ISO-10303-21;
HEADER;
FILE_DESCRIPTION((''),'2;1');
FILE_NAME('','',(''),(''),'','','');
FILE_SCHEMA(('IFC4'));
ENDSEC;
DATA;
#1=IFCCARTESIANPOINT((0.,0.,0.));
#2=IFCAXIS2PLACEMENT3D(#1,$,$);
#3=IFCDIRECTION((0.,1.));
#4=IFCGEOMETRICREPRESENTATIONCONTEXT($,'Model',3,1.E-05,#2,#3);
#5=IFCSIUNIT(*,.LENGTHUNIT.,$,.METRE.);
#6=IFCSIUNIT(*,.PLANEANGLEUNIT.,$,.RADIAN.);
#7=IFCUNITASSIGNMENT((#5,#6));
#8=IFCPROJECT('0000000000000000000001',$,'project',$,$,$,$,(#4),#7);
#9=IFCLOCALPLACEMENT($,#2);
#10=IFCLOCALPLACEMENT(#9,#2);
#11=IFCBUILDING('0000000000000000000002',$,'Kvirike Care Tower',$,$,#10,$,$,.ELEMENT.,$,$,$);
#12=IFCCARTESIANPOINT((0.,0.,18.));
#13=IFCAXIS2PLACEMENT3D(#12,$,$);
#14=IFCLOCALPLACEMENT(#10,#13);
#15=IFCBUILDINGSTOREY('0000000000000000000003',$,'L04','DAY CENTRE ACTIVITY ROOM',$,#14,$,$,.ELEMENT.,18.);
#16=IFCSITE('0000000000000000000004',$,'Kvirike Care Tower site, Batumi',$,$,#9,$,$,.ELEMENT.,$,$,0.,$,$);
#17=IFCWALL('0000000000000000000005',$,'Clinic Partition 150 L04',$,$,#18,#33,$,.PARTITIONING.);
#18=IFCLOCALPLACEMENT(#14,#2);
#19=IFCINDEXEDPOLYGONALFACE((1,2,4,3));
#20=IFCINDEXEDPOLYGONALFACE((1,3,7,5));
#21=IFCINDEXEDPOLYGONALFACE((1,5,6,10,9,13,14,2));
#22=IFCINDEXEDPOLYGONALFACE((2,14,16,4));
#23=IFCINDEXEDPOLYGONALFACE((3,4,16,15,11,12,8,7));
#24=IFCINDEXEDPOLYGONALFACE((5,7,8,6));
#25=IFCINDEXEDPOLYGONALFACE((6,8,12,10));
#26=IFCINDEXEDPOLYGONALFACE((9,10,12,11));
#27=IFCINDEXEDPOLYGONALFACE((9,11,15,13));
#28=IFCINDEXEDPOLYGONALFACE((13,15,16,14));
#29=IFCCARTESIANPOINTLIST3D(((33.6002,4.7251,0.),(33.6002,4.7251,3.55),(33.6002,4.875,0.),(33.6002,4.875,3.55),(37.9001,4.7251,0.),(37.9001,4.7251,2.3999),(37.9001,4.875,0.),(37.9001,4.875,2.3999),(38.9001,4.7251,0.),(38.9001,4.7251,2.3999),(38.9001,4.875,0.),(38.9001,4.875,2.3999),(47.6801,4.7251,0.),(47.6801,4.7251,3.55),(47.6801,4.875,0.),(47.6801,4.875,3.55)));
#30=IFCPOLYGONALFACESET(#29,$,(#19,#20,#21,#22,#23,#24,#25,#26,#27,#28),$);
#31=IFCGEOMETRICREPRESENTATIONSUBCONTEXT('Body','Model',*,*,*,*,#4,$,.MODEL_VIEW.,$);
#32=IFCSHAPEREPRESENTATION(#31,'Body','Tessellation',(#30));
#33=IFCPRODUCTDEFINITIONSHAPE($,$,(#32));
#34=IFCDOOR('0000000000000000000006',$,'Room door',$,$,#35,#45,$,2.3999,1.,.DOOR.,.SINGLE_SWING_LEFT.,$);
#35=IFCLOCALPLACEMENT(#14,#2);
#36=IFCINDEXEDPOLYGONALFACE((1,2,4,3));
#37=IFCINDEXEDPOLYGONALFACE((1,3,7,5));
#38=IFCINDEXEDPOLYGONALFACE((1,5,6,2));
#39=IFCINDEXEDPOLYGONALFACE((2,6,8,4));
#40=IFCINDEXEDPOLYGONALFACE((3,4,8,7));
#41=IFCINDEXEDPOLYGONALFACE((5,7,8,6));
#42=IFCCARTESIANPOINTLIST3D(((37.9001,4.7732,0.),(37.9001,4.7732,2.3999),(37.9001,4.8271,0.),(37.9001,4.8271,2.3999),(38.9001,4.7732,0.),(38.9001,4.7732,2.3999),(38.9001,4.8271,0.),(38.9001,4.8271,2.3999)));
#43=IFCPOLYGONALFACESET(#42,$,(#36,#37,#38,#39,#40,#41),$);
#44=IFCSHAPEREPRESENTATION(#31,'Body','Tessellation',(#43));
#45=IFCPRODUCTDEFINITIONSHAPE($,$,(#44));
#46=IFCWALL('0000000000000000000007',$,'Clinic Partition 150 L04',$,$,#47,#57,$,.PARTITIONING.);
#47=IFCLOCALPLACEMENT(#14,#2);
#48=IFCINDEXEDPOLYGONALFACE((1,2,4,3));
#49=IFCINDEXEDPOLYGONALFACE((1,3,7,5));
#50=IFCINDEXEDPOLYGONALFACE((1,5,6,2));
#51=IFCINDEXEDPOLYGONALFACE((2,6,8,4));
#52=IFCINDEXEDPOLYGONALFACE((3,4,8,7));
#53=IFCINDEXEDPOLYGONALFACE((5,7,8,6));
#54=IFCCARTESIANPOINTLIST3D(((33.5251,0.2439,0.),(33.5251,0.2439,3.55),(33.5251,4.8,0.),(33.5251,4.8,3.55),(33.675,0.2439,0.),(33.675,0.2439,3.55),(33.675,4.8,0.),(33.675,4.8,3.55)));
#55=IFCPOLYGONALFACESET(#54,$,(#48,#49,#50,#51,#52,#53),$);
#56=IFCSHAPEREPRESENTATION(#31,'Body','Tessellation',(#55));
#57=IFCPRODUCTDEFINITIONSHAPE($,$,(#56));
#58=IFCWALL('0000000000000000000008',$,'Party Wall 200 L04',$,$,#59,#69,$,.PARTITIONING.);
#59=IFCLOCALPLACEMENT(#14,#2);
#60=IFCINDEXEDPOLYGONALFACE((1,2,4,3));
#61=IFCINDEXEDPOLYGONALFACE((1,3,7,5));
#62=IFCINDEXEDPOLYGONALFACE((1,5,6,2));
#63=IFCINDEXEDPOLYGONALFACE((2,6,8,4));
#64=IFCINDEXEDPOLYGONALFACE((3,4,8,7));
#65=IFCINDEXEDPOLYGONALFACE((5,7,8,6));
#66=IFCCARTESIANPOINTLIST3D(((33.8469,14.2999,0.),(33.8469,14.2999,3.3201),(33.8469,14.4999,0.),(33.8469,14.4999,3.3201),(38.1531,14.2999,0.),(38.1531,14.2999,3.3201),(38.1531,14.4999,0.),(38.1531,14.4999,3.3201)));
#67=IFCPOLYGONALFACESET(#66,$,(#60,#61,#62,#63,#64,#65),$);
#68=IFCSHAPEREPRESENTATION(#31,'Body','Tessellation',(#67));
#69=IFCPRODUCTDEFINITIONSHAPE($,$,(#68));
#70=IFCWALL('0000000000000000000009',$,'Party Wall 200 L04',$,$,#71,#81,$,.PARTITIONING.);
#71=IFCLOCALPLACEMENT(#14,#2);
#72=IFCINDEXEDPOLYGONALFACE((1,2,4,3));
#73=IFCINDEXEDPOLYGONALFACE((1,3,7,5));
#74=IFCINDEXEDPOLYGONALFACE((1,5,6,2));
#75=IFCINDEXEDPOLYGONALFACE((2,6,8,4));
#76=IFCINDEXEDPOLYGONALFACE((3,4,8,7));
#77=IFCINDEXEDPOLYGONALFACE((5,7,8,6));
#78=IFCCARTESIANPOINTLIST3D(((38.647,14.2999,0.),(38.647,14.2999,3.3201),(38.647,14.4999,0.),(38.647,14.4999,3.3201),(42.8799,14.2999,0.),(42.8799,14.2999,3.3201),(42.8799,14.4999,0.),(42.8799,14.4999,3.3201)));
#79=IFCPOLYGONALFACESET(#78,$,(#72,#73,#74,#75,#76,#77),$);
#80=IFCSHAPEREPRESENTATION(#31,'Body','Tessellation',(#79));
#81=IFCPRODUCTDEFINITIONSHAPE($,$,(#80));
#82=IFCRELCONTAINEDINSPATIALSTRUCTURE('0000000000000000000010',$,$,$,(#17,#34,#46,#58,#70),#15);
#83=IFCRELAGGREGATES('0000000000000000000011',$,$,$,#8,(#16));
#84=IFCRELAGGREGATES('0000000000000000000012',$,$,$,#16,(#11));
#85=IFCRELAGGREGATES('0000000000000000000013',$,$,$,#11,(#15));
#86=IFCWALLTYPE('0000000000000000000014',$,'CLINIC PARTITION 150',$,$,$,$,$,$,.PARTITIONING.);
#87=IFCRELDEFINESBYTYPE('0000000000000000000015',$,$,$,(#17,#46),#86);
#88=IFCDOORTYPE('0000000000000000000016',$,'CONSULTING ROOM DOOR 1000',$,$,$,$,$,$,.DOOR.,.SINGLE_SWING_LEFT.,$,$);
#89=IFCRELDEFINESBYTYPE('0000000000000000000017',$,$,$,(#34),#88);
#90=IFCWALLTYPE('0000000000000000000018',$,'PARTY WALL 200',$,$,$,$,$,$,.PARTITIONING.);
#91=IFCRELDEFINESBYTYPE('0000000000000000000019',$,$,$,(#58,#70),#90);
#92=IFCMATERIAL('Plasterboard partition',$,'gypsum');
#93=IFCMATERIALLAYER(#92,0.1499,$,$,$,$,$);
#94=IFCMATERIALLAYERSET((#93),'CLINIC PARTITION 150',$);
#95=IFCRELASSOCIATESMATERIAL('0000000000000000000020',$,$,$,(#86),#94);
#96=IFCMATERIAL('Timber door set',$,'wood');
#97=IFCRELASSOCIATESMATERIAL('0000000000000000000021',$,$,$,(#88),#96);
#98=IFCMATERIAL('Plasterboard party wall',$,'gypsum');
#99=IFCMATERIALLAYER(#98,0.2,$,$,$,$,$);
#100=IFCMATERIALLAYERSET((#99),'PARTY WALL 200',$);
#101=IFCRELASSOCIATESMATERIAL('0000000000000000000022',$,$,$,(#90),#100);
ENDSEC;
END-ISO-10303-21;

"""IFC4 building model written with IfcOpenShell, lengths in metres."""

from ifc_helpers import new_model, si_unit, direction, frame, frame_2d, origin, place, context, subcontext, project, spatial, rectangle, extrude, material, layer, layer_set, type_object, element, fill, save


model = new_model("IFC4")

# Units and contexts
model_context = context("Model", 3, precision=1e-05, world=origin(), true_north=direction((0.0, 1.0)))
body_context = subcontext(model_context, "Body", "Model", "MODEL_VIEW")
ifc_project = project(units=[si_unit("LENGTHUNIT", "METRE"), si_unit("PLANEANGLEUNIT", "RADIAN")], contexts=[model_context])

# Site, building, storey
site_placement = place(None, origin())
site = spatial("IfcSite", under=ifc_project, at=site_placement, Name="Kvirike Care Tower site, Batumi", CompositionType="ELEMENT", RefElevation=0.0)
building_placement = place(site_placement, origin())
building = spatial("IfcBuilding", under=site, at=building_placement, Name="Kvirike Care Tower", CompositionType="ELEMENT")
storey_placement = place(building_placement, frame((0.0, 0.0, 18.0)))
storey = spatial("IfcBuildingStorey", under=building, at=storey_placement, Name="L04", Description="DAY CENTRE ACTIVITY ROOM", CompositionType="ELEMENT", Elevation=18.0)

# Shared definitions
ifc_material_1 = material(Name="Plasterboard partition", Category="gypsum")
ifc_layer_1 = layer(ifc_material_1, 0.1499)
ifc_layer_set_1 = layer_set([ifc_layer_1], Name="CLINIC PARTITION 150")
wall_type_1 = type_object("IfcWallType", Name="CLINIC PARTITION 150", PredefinedType="PARTITIONING", material=ifc_layer_set_1)

# Wall, opening, door
wall_1_placement = place(storey_placement, frame((33.6001, 4.8, 0.0), z_axis=(0.0, 0.0, 1.0), x_axis=(1.0, 0.0, 0.0)))
wall_1 = element("IfcWall", 1, at=wall_1_placement, inside=storey, type_object=wall_type_1, Name="Clinic Partition 150 L04", PredefinedType="PARTITIONING", context=body_context, shape_type="SweptSolid", body=[
    extrude(rectangle(XDim=14.0798, YDim=0.1499, at=frame_2d((7.04, 0.0))), origin(), (0.0, 0.0, 1.0), 3.55),
])
opening_placement = place(wall_1_placement, frame((4.3, 0.0, 0.0)))
opening = element("IfcOpeningElement", 2, at=opening_placement, cuts=wall_1, PredefinedType="OPENING", context=body_context, shape_type="SweptSolid", body=[
    extrude(rectangle(XDim=1.0, YDim=2.3999, at=frame_2d((0.5, 1.2))), frame((0.0, 0.0854, 0.0), z_axis=(0.0, -1.0, 0.0), x_axis=(1.0, 0.0, 0.0)), (0.0, 0.0, 1.0), 0.1709),
])
ifc_material_2 = material(Name="Timber door set", Category="wood")
door_type = type_object("IfcDoorType", Name="CONSULTING ROOM DOOR 1000", OperationType="SINGLE_SWING_LEFT", PredefinedType="DOOR", material=ifc_material_2)
door_placement = place(opening_placement, frame((1.0, 0.0, 0.0), z_axis=(0.0, 0.0, 1.0), x_axis=(-1.0, 0.0, 0.0)))
door = element("IfcDoor", 3, at=door_placement, inside=storey, type_object=door_type, Name="Room door", OperationType="SINGLE_SWING_LEFT", OverallHeight=2.3999, OverallWidth=1.0, PredefinedType="DOOR", context=body_context, shape_type="SweptSolid", body=[
    extrude(rectangle(XDim=1.0, YDim=2.3999, at=frame_2d((0.5, 1.2))), frame((0.0, 0.0269, 0.0), z_axis=(0.0, -1.0, 0.0), x_axis=(1.0, 0.0, 0.0)), (0.0, 0.0, 1.0), 0.054),
])
fill(opening, door)

# Walls
wall_2_placement = place(storey_placement, frame((33.6001, 0.2439, 0.0), z_axis=(0.0, 0.0, 1.0), x_axis=(0.0, 1.0, 0.0)))
element("IfcWall", 4, at=wall_2_placement, inside=storey, type_object=wall_type_1, Name="Clinic Partition 150 L04", PredefinedType="PARTITIONING", context=body_context, shape_type="SweptSolid", body=[
    extrude(rectangle(XDim=4.5562, YDim=0.1499, at=frame_2d((2.2781, 0.0))), origin(), (0.0, 0.0, 1.0), 3.55),
])
ifc_material_3 = material(Name="Plasterboard party wall", Category="gypsum")
ifc_layer_2 = layer(ifc_material_3, 0.2)
ifc_layer_set_2 = layer_set([ifc_layer_2], Name="PARTY WALL 200")
wall_type_2 = type_object("IfcWallType", Name="PARTY WALL 200", PredefinedType="PARTITIONING", material=ifc_layer_set_2)
wall_3_placement = place(storey_placement, frame((33.8469, 14.3999, 0.0), z_axis=(0.0, 0.0, 1.0), x_axis=(1.0, 0.0, 0.0)))
element("IfcWall", 5, at=wall_3_placement, inside=storey, type_object=wall_type_2, Name="Party Wall 200 L04", PredefinedType="PARTITIONING", context=body_context, shape_type="SweptSolid", body=[
    extrude(rectangle(XDim=4.3062, YDim=0.2, at=frame_2d((2.1531, 0.0))), origin(), (0.0, 0.0, 1.0), 3.3201),
])
wall_4_placement = place(storey_placement, frame((38.647, 14.3999, 0.0), z_axis=(0.0, 0.0, 1.0), x_axis=(1.0, 0.0, 0.0)))
element("IfcWall", 6, at=wall_4_placement, inside=storey, type_object=wall_type_2, Name="Party Wall 200 L04", PredefinedType="PARTITIONING", context=body_context, shape_type="SweptSolid", body=[
    extrude(rectangle(XDim=4.2329, YDim=0.2, at=frame_2d((2.1165, 0.0))), origin(), (0.0, 0.0, 1.0), 3.3201),
])

save(model, "model.ifc")
